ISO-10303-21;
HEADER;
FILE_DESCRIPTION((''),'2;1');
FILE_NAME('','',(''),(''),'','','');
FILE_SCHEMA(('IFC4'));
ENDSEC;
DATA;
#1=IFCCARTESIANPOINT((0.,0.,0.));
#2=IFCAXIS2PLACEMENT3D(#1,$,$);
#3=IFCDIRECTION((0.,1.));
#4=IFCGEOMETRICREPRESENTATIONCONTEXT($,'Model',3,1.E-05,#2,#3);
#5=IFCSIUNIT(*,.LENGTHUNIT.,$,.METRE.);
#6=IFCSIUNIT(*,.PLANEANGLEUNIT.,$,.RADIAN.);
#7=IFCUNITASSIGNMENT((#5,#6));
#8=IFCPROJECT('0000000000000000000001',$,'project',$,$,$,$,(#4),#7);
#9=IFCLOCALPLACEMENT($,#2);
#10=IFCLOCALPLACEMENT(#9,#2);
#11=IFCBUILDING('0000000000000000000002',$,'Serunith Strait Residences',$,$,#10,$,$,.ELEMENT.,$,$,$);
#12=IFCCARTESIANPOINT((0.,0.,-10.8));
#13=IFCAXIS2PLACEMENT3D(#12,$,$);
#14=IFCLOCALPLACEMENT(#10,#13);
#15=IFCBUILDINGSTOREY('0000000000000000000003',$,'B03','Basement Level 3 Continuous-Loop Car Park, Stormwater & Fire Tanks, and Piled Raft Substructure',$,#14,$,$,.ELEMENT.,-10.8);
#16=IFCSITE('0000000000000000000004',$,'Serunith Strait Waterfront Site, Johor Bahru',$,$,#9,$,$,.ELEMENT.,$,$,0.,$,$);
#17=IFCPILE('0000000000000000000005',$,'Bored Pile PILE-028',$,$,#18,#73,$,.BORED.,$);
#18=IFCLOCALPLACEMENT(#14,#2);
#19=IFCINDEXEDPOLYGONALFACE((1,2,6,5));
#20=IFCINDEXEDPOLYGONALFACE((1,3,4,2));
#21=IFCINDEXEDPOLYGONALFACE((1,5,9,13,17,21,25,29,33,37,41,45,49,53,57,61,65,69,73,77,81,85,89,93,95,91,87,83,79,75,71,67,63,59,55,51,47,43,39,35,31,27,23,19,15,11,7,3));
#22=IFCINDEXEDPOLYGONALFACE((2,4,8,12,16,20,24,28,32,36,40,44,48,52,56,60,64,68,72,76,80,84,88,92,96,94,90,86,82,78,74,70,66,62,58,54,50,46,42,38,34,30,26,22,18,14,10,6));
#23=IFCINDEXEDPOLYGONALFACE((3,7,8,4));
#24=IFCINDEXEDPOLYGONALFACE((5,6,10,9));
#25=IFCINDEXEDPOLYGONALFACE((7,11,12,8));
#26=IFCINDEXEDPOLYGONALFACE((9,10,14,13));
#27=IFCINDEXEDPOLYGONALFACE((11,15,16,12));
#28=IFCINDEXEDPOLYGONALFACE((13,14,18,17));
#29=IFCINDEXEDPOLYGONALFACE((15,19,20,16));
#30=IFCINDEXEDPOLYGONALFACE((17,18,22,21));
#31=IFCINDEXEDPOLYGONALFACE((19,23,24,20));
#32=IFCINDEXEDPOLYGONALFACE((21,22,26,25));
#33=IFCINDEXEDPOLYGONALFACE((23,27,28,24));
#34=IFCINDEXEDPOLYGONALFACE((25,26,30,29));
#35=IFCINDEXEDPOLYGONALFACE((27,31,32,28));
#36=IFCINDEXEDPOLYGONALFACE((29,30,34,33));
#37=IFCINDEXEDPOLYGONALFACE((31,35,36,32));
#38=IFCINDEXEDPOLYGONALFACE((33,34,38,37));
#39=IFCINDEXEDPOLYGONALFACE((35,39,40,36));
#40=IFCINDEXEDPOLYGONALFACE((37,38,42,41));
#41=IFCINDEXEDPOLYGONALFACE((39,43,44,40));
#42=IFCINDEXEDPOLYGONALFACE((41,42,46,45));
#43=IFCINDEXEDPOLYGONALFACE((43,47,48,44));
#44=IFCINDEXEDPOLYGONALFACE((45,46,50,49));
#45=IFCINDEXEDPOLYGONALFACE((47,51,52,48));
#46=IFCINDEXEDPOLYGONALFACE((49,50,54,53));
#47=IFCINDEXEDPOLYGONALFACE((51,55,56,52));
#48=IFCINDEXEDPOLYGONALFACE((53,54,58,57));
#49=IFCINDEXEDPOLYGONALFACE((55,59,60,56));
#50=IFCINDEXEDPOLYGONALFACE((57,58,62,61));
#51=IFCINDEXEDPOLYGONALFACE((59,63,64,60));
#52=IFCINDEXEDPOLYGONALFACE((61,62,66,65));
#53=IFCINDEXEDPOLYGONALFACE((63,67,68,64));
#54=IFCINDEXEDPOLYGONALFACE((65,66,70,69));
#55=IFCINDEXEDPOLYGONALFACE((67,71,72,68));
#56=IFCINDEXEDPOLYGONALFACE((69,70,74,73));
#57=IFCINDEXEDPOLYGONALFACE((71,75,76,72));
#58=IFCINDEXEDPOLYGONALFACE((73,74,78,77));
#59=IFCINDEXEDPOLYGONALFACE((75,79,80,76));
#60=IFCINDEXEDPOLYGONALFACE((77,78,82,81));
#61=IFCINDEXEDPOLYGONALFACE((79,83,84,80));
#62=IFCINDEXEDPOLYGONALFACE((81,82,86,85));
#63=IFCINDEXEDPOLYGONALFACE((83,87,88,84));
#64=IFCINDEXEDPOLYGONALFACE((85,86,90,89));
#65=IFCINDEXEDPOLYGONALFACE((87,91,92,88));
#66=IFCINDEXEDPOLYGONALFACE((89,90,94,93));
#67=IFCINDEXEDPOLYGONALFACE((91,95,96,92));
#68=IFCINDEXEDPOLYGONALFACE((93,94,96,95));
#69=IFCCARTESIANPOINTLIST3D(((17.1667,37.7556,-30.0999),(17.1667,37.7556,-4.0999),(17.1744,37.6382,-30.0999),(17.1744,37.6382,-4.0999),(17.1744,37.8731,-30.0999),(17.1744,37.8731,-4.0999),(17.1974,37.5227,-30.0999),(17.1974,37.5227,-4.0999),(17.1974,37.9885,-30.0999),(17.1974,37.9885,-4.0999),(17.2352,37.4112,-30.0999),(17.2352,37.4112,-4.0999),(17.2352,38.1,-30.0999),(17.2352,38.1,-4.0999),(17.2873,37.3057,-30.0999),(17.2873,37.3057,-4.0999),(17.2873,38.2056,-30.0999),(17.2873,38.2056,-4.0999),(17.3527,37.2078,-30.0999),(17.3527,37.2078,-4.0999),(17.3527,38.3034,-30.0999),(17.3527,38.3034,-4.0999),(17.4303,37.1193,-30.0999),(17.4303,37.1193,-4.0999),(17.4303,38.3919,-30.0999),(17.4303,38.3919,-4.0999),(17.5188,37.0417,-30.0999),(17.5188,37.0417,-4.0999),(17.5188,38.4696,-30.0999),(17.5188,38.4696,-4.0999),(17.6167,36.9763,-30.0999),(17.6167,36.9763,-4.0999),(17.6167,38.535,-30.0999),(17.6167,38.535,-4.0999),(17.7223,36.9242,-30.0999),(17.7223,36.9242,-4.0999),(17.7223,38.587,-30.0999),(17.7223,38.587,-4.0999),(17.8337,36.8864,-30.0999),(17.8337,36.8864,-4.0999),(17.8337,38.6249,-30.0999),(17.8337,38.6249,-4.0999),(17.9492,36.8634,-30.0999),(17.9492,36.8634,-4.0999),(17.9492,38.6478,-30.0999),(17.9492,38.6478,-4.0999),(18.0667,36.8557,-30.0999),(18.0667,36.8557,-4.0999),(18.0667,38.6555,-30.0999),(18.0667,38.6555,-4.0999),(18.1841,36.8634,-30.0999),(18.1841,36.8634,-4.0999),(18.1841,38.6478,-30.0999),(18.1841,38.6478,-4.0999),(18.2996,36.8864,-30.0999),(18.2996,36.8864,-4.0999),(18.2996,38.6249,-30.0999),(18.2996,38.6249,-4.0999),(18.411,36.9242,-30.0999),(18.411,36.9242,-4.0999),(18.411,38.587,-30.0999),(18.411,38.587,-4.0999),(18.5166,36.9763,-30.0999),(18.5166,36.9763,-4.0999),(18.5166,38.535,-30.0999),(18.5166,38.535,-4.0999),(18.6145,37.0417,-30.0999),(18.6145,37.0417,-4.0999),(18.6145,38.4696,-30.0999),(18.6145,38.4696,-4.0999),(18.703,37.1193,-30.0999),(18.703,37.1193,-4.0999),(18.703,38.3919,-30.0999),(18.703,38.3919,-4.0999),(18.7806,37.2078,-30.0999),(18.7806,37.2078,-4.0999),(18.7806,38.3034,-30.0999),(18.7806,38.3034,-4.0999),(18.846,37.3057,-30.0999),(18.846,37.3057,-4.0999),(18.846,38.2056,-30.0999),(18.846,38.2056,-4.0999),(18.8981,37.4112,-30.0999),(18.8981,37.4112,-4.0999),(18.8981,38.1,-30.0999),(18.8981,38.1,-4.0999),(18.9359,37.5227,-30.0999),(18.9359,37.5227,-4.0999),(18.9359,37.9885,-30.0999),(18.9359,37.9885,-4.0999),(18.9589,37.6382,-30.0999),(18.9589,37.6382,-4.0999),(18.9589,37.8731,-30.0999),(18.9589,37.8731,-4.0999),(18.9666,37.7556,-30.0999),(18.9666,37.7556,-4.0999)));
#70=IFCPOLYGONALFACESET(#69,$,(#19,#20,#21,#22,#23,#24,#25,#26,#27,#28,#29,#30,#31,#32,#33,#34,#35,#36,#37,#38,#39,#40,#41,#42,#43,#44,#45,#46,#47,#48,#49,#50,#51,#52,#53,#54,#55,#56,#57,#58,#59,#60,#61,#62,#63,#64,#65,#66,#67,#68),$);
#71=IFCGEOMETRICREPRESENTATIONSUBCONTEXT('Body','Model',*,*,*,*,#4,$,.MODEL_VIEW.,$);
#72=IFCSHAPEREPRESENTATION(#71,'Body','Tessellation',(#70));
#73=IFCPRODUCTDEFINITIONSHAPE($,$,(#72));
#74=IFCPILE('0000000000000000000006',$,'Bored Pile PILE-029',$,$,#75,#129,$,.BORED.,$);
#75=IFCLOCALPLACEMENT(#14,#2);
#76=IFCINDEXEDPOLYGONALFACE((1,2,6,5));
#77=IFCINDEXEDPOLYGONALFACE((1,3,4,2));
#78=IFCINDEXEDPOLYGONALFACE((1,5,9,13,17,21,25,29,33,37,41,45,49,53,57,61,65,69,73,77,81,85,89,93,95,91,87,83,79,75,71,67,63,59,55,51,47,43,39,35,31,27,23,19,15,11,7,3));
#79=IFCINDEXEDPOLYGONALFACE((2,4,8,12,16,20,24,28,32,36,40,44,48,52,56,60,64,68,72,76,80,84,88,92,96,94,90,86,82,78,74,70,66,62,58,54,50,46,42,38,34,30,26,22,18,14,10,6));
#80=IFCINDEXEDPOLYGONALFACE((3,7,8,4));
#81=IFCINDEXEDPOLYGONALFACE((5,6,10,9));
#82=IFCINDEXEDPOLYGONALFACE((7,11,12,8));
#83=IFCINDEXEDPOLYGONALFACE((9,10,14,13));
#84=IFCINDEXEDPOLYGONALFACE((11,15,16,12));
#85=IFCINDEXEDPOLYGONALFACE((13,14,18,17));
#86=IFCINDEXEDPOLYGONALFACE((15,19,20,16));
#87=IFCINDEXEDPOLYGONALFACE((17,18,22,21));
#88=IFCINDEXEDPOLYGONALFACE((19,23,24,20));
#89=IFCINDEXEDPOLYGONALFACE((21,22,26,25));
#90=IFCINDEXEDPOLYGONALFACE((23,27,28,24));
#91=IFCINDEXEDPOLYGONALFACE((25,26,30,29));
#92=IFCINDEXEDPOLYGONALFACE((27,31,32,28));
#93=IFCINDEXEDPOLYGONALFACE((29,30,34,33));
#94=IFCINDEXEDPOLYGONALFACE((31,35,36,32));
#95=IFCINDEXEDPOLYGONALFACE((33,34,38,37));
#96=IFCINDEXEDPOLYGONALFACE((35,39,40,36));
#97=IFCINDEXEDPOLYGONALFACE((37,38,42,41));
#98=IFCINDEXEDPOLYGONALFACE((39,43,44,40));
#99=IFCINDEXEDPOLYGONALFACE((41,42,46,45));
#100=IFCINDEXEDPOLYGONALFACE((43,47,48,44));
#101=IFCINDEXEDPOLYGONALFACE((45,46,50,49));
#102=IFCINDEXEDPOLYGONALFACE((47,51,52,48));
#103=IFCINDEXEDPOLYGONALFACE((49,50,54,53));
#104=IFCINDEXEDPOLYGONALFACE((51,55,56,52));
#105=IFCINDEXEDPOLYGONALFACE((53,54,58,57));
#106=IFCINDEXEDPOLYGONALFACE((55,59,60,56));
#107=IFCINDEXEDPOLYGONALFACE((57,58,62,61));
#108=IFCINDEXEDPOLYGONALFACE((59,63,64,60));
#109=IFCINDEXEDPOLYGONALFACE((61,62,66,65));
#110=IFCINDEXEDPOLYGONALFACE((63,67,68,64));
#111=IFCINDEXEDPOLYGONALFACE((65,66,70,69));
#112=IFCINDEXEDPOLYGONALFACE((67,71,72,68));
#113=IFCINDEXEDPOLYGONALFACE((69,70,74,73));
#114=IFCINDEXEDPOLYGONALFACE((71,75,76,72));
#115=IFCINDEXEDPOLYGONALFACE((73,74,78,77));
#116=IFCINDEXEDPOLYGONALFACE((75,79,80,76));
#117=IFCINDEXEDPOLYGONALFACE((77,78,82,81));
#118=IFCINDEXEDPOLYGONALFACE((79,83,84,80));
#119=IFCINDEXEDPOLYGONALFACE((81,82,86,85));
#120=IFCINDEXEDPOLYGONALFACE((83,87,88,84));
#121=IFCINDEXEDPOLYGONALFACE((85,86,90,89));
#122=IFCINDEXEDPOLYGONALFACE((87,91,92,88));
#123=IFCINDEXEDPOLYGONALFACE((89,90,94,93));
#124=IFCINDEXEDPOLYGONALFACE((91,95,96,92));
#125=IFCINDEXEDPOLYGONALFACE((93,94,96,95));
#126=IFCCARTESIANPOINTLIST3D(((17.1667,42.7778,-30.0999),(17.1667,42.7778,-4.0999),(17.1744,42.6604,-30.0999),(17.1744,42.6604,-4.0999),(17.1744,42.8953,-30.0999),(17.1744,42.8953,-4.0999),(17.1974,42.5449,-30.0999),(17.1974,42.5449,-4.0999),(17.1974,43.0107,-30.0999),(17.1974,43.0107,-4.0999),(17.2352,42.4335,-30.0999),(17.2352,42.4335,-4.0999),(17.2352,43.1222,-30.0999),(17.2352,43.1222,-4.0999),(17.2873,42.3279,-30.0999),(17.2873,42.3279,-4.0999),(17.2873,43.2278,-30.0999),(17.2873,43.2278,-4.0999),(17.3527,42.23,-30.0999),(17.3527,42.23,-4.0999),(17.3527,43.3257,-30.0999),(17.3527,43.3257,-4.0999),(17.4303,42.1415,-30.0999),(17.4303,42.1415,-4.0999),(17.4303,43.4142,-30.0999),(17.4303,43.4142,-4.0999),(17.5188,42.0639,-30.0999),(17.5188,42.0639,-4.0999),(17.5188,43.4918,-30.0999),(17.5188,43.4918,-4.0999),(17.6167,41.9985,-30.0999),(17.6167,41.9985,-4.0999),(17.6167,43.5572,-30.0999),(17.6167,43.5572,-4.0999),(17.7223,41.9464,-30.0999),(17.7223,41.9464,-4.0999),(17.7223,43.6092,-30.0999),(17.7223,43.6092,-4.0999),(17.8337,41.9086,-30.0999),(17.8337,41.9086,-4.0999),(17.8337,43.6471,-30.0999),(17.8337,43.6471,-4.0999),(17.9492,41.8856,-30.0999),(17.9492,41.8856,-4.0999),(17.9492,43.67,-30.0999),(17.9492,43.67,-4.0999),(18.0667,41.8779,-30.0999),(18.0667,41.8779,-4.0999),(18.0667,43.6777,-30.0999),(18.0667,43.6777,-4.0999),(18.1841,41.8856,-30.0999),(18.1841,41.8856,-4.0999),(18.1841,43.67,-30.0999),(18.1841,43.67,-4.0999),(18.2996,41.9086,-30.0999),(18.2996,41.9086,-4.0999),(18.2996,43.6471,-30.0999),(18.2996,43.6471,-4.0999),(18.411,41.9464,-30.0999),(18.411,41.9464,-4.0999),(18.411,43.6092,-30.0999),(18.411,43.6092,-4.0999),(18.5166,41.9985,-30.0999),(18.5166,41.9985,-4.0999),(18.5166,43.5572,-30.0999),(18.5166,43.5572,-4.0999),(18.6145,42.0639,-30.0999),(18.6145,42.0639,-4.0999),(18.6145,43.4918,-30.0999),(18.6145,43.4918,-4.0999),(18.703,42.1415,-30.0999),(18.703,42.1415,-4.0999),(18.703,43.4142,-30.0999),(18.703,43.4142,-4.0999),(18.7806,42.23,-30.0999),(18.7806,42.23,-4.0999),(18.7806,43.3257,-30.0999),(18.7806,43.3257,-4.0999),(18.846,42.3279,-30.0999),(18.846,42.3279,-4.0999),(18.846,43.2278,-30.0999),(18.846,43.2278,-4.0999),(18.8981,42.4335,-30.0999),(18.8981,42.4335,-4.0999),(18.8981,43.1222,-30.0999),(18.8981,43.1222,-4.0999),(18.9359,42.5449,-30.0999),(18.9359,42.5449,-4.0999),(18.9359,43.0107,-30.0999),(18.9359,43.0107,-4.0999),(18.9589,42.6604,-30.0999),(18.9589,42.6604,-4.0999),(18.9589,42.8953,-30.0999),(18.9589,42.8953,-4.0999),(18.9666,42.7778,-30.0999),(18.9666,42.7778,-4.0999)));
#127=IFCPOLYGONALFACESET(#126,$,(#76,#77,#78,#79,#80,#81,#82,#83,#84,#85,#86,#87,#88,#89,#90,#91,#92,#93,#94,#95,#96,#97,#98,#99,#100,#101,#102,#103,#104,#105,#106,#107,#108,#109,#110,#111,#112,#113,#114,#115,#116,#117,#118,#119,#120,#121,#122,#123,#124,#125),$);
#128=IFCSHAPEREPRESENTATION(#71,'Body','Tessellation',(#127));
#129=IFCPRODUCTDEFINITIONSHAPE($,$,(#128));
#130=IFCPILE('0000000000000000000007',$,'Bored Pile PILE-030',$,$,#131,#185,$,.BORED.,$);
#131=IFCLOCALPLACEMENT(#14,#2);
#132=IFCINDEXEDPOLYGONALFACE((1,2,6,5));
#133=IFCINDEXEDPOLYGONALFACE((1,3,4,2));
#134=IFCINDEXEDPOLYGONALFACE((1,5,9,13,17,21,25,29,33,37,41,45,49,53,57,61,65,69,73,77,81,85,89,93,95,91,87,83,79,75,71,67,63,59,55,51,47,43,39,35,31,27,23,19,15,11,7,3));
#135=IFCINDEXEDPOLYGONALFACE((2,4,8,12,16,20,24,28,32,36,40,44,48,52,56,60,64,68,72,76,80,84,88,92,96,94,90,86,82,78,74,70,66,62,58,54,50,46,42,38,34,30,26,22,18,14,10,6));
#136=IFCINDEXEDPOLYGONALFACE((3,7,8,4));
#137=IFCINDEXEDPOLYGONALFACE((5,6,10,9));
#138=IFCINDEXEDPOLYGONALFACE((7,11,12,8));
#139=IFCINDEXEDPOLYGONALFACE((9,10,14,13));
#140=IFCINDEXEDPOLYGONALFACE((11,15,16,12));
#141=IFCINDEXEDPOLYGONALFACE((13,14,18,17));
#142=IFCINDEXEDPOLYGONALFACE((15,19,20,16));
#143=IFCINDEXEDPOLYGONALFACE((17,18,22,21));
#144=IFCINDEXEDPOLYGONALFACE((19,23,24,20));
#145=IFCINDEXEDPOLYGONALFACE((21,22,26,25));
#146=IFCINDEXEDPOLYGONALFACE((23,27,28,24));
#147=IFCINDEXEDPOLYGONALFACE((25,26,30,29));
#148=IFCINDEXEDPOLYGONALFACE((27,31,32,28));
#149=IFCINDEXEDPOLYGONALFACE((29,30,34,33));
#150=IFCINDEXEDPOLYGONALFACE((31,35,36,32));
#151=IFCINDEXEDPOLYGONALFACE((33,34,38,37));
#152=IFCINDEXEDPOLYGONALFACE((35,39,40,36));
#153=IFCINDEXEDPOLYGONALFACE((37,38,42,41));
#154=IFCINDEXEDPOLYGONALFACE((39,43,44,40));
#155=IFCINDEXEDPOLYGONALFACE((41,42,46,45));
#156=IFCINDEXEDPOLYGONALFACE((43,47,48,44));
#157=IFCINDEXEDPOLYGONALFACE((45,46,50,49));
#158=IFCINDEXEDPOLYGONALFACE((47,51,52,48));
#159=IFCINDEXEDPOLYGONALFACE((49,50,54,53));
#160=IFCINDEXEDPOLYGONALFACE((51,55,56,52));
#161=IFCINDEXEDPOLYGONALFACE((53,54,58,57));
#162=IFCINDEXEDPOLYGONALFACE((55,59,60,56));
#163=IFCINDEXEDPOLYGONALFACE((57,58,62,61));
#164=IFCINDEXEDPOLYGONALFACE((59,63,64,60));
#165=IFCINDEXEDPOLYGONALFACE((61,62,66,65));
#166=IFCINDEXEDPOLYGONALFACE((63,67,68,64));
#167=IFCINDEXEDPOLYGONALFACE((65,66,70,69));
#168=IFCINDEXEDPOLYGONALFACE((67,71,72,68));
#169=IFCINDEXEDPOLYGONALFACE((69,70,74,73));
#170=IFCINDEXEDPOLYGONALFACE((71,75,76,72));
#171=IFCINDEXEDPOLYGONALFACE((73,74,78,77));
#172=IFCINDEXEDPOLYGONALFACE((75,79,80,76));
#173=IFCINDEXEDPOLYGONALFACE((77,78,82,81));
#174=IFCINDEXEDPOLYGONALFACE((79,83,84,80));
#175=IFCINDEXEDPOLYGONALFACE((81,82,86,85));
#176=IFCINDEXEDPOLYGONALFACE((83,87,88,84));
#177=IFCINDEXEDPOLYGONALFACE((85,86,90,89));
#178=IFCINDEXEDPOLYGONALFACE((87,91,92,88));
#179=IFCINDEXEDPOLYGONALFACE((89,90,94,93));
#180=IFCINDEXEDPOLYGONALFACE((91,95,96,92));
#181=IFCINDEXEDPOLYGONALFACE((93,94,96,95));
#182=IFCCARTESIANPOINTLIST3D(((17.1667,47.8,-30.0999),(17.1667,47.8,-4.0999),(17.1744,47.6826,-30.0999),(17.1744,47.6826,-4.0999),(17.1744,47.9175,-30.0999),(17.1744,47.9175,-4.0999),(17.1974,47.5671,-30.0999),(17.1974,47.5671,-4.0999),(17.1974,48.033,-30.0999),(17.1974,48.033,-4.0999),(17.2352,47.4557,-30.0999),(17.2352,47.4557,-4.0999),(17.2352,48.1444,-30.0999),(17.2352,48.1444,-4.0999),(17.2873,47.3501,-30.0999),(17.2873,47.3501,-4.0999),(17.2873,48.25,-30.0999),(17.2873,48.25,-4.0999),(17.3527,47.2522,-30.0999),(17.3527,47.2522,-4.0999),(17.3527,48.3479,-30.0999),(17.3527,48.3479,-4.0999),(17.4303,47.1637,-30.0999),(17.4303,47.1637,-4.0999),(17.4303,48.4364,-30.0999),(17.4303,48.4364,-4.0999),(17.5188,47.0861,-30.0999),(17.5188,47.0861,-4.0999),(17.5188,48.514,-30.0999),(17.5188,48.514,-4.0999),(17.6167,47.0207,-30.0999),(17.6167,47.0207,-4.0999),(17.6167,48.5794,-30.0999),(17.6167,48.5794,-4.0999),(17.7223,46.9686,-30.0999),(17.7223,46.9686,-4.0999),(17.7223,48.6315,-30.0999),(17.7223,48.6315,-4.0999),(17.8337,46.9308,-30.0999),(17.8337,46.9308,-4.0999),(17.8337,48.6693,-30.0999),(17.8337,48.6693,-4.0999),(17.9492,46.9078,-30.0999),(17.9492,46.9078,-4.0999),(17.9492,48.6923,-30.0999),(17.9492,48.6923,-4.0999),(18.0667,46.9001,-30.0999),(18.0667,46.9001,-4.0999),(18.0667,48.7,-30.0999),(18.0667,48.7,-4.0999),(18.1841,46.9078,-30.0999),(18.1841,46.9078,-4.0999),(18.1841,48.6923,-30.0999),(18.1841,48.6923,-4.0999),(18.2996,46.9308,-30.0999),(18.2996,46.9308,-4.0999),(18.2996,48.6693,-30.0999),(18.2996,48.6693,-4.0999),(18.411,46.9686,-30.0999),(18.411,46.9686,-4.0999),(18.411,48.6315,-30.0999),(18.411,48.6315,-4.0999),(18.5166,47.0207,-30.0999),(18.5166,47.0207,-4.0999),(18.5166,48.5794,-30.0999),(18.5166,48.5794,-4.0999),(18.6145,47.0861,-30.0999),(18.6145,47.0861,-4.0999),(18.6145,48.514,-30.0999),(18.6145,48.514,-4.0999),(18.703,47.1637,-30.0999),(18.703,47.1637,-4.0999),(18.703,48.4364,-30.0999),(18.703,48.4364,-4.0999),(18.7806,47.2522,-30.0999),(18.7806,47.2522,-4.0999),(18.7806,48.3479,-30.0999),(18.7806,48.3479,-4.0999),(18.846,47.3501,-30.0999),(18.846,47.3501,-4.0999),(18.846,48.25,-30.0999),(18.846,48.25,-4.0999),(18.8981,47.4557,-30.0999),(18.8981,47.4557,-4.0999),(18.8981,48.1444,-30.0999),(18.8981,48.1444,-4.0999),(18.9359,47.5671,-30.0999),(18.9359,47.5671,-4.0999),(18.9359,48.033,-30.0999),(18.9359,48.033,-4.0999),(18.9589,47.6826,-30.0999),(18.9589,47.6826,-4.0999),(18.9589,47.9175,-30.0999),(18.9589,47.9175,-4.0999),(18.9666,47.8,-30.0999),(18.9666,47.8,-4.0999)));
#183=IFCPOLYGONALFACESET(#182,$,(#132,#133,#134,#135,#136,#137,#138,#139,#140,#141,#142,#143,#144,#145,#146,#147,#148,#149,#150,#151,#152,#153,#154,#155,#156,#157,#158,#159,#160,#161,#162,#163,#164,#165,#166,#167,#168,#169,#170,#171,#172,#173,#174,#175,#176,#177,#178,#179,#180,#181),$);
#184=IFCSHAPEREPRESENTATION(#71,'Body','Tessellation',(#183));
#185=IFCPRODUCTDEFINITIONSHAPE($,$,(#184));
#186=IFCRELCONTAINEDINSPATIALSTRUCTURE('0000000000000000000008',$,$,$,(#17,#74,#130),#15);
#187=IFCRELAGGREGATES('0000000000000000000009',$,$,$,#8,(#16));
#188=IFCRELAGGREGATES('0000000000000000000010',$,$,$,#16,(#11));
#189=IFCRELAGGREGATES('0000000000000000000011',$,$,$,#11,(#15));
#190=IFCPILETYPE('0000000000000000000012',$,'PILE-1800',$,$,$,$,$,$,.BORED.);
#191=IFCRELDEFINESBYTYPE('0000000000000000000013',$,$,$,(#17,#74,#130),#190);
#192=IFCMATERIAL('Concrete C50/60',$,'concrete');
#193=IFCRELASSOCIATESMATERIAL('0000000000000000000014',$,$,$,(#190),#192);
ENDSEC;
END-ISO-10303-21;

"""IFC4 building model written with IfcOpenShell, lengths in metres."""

from ifc_helpers import new_model, si_unit, direction, frame, origin, origin_2d, place, context, subcontext, project, spatial, circle, extrude, source, transform, mapped, material, material_profile, profile_set, type_object, element, save


model = new_model("IFC4")

# Units and contexts
model_context = context("Model", 3, precision=1e-05, world=origin(), true_north=direction((0.0, 1.0)))
body_context = subcontext(model_context, "Body", "Model", "MODEL_VIEW")
ifc_project = project(units=[si_unit("LENGTHUNIT", "METRE"), si_unit("PLANEANGLEUNIT", "RADIAN")], contexts=[model_context])

# Site, building, storey
site_placement = place(None, origin())
site = spatial("IfcSite", under=ifc_project, at=site_placement, Name="Serunith Strait Waterfront Site, Johor Bahru", CompositionType="ELEMENT", RefElevation=0.0)
building_placement = place(site_placement, origin())
building = spatial("IfcBuilding", under=site, at=building_placement, Name="Serunith Strait Residences", CompositionType="ELEMENT")
storey_placement = place(building_placement, frame((0.0, 0.0, -10.8)))
storey = spatial("IfcBuildingStorey", under=building, at=storey_placement, Name="B03", Description="Basement Level 3 Continuous-Loop Car Park, Stormwater & Fire Tanks, and Piled Raft Substructure", CompositionType="ELEMENT", Elevation=-10.8)

# Piles
ifc_material_1 = material(Name="Concrete C50/60", Category="concrete")
ifc_material_profile_1 = material_profile(ifc_material_1, circle(Radius=0.8999, at=origin_2d()), Name="PILE D1800")
ifc_profile_set_1 = profile_set([ifc_material_profile_1], Name="Concrete C50/60")
pile_type_1 = type_object("IfcPileType", Name="PILE-1800", PredefinedType="BORED", material=ifc_profile_set_1)
shared_shape_1 = source(origin(), body_context, "Body", "SweptSolid", [
    extrude(circle(Radius=0.8999, at=origin_2d()), origin(), (0.0, 0.0, 1.0), 26.0),
])
for number, where, z_axis, x_axis, name in (
    (1, (18.0667, 37.7556, -4.0999), (0.0, 0.0, -1.0), (1.0, 0.0, 0.0), "Bored Pile PILE-028"),
    (2, (18.0667, 42.7778, -4.0999), (0.0, 0.0, -1.0), (1.0, 0.0, 0.0), "Bored Pile PILE-029"),
    (3, (18.0667, 47.8, -4.0999), (0.0, 0.0, -1.0), (1.0, 0.0, 0.0), "Bored Pile PILE-030"),
):
    element("IfcPile", number, at=place(storey_placement, frame(where, z_axis=z_axis, x_axis=x_axis)), inside=storey, type_object=pile_type_1, Name=name, PredefinedType="BORED", context=body_context, shape_type="MappedRepresentation", body=[
        mapped(shared_shape_1, transform((0.0, 0.0, 0.0), scale=1.0)),
    ])

save(model, "model.ifc")
